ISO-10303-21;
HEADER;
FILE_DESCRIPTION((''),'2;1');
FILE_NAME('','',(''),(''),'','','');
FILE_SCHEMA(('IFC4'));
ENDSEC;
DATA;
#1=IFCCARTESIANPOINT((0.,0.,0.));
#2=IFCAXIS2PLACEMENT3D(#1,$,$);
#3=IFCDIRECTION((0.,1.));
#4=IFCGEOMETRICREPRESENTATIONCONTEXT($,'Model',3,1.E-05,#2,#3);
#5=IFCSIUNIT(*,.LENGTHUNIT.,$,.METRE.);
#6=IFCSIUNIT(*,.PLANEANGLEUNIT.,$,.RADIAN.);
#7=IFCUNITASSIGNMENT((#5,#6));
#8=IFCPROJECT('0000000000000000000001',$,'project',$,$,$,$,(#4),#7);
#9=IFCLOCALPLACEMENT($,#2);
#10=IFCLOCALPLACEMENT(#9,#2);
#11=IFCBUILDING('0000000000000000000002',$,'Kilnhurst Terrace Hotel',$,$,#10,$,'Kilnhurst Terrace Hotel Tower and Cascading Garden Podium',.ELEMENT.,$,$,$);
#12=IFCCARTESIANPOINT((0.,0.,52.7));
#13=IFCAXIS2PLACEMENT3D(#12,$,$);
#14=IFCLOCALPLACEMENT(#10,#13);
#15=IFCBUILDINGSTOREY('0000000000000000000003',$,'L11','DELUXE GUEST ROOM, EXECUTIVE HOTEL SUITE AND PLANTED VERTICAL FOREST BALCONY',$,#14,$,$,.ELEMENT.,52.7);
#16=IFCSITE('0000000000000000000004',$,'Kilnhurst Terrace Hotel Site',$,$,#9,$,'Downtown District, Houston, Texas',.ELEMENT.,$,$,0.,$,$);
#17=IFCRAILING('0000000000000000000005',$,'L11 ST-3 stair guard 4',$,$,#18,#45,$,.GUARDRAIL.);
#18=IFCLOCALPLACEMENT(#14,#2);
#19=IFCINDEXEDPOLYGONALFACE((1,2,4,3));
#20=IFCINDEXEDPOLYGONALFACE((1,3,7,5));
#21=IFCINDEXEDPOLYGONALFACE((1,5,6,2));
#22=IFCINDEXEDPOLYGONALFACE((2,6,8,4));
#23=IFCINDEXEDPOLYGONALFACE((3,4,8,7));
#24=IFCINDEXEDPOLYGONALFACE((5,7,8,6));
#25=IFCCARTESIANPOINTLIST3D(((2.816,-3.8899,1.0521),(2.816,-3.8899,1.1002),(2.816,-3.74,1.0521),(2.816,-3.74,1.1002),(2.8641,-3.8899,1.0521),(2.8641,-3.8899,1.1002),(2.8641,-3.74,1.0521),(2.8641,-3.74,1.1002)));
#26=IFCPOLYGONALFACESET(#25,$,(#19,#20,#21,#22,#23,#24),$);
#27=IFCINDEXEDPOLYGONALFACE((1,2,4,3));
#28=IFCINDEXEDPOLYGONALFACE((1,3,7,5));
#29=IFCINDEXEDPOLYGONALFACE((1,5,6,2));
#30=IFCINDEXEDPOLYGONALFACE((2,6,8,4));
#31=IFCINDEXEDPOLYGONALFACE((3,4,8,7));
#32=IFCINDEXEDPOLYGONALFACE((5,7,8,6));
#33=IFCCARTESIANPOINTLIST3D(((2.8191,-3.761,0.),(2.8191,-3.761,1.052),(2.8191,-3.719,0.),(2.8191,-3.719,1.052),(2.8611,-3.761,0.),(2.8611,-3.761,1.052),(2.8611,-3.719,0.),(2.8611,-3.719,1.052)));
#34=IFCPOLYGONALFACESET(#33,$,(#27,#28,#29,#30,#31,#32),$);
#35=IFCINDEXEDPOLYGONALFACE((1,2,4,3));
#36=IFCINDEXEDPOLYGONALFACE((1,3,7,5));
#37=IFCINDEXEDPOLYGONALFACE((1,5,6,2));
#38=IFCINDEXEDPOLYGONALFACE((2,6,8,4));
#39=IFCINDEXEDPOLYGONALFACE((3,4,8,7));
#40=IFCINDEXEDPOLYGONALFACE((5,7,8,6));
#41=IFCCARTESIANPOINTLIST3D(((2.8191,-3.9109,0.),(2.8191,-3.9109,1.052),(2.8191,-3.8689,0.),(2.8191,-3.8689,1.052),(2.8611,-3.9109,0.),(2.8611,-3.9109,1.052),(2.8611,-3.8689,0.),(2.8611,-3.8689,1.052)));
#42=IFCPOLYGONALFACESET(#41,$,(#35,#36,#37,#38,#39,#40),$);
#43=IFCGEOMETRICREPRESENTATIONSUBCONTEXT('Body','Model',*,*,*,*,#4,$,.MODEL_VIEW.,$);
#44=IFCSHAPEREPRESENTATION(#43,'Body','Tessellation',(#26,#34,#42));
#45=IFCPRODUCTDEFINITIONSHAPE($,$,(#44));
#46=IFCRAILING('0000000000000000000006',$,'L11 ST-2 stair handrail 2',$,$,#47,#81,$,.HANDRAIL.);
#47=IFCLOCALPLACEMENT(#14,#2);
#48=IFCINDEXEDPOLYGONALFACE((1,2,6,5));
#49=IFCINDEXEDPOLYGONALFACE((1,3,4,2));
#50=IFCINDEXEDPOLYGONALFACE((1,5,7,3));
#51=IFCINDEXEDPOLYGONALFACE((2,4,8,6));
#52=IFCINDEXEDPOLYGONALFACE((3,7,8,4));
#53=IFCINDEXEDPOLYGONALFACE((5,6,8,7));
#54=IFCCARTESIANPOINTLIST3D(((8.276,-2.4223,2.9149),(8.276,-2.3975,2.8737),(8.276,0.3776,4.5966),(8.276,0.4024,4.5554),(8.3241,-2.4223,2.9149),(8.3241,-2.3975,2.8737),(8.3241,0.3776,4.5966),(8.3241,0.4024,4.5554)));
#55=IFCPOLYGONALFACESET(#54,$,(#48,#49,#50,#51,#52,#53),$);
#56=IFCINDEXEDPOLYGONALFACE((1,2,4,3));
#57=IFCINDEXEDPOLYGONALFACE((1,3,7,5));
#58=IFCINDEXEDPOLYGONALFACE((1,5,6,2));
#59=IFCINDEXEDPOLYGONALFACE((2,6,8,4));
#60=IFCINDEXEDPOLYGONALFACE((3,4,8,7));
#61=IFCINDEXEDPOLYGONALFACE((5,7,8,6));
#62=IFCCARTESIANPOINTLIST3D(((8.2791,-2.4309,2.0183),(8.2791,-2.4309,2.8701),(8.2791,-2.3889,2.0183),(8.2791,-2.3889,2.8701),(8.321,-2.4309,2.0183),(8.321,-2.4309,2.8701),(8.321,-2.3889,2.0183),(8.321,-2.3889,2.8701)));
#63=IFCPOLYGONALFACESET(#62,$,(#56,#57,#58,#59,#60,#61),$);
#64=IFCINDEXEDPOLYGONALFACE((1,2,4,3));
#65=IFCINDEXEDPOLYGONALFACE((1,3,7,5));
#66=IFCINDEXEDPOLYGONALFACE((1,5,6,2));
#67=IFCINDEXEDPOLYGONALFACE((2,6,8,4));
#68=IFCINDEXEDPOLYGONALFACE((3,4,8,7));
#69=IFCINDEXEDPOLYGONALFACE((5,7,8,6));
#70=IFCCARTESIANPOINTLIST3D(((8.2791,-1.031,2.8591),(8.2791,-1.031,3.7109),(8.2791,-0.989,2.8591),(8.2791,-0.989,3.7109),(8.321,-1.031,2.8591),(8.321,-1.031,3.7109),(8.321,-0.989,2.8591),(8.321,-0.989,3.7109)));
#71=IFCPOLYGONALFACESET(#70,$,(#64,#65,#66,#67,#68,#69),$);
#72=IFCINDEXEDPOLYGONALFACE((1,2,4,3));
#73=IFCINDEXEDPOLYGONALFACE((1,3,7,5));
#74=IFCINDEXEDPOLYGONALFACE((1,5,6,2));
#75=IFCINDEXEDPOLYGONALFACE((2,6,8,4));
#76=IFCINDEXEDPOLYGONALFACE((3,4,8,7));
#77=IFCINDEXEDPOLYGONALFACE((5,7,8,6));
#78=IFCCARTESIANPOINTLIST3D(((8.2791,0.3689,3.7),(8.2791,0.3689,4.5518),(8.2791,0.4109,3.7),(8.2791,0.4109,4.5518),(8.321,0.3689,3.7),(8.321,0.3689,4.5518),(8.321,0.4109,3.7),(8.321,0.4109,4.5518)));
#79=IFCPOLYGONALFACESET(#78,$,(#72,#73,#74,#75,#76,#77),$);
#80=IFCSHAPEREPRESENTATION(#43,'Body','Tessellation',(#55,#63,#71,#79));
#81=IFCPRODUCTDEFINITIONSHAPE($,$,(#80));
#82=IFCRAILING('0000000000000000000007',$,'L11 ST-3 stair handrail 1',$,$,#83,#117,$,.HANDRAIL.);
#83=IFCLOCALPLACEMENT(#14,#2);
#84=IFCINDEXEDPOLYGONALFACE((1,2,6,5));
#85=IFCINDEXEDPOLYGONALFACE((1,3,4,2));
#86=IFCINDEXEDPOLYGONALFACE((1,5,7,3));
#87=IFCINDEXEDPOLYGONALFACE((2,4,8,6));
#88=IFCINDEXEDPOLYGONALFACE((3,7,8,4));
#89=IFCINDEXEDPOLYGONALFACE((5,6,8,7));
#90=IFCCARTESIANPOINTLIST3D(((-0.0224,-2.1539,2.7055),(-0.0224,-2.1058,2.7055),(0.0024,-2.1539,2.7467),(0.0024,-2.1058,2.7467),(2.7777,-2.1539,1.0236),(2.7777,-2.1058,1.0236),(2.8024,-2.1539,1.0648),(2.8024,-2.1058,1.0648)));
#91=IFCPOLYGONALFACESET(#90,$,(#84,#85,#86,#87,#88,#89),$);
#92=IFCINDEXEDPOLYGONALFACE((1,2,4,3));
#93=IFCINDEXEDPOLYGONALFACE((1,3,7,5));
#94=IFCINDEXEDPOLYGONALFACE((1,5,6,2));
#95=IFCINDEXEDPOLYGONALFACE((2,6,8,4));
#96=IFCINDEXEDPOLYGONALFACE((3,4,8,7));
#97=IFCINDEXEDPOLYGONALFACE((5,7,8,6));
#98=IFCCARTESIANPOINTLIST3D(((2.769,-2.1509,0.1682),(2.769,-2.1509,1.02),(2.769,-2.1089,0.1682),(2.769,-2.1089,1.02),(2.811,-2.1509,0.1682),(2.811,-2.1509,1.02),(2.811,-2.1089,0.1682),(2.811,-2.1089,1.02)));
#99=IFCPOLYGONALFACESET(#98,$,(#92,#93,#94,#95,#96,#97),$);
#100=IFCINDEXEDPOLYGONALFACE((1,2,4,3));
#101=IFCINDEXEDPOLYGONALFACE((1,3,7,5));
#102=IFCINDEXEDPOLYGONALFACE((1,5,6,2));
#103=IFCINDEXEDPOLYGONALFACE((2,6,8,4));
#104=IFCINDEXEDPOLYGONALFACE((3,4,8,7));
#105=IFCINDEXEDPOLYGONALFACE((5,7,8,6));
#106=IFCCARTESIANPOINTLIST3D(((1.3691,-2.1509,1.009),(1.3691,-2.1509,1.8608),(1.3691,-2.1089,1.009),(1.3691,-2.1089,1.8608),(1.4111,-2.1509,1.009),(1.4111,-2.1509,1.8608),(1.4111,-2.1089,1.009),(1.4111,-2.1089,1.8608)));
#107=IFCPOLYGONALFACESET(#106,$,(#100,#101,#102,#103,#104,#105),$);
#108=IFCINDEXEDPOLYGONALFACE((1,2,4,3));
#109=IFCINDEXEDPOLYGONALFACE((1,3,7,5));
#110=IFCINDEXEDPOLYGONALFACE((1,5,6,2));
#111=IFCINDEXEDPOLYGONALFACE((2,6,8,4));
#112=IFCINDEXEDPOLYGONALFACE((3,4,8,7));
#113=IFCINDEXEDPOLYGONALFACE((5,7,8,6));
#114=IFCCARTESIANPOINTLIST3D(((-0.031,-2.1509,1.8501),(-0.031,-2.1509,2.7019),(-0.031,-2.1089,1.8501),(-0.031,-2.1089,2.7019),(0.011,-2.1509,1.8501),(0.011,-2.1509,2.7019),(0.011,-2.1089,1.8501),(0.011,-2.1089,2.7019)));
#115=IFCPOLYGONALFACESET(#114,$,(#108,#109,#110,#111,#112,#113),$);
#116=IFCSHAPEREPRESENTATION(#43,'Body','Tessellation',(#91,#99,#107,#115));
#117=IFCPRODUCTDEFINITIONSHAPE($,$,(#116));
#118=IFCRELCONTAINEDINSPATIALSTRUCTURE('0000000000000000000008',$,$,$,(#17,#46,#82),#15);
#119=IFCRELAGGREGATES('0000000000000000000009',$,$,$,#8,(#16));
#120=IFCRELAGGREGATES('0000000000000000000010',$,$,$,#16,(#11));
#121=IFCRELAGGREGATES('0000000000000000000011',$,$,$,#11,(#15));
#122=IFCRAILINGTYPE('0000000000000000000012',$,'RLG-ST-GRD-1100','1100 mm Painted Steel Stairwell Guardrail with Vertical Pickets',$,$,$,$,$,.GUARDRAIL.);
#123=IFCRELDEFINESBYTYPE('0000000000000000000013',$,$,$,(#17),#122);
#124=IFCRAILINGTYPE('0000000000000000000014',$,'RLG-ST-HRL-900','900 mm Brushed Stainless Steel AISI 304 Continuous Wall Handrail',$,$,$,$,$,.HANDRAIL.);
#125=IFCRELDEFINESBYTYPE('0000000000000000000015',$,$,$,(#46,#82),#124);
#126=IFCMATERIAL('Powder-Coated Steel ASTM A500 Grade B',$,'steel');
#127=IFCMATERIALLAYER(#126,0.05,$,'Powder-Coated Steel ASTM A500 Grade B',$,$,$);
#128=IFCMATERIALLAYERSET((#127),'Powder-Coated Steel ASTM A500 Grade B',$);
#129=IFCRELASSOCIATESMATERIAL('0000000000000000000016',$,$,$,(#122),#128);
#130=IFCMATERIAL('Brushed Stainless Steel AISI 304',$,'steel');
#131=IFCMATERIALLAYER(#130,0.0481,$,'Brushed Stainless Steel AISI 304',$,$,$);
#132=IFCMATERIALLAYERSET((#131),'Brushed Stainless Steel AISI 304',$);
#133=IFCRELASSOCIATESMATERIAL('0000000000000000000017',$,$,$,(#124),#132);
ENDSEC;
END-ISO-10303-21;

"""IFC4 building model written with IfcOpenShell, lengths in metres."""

from ifc_helpers import new_model, si_unit, direction, frame, origin, origin_2d, place, context, subcontext, project, spatial, rectangle, extrude, material, layer, layer_set, type_object, element, save


model = new_model("IFC4")

# Units and contexts
model_context = context("Model", 3, precision=1e-05, world=origin(), true_north=direction((0.0, 1.0)))
body_context = subcontext(model_context, "Body", "Model", "MODEL_VIEW")
ifc_project = project(units=[si_unit("LENGTHUNIT", "METRE"), si_unit("PLANEANGLEUNIT", "RADIAN")], contexts=[model_context])

# Site, building, storey
site_placement = place(None, origin())
site = spatial("IfcSite", under=ifc_project, at=site_placement, Name="Kilnhurst Terrace Hotel Site", LongName="Downtown District, Houston, Texas", CompositionType="ELEMENT", RefElevation=0.0)
building_placement = place(site_placement, origin())
building = spatial("IfcBuilding", under=site, at=building_placement, Name="Kilnhurst Terrace Hotel", LongName="Kilnhurst Terrace Hotel Tower and Cascading Garden Podium", CompositionType="ELEMENT")
storey_placement = place(building_placement, frame((0.0, 0.0, 52.7)))
storey = spatial("IfcBuildingStorey", under=building, at=storey_placement, Name="L11", Description="DELUXE GUEST ROOM, EXECUTIVE HOTEL SUITE AND PLANTED VERTICAL FOREST BALCONY", CompositionType="ELEMENT", Elevation=52.7)

# Railings
ifc_material_1 = material(Name="Powder-Coated Steel ASTM A500 Grade B", Category="steel")
ifc_layer_1 = layer(ifc_material_1, 0.05, Name="Powder-Coated Steel ASTM A500 Grade B")
ifc_layer_set_1 = layer_set([ifc_layer_1], Name="Powder-Coated Steel ASTM A500 Grade B")
railing_type_1 = type_object("IfcRailingType", Name="RLG-ST-GRD-1100", Description="1100 mm Painted Steel Stairwell Guardrail with Vertical Pickets", PredefinedType="GUARDRAIL", material=ifc_layer_set_1)
railing_1_placement = place(storey_placement, frame((2.8401, -3.74, 0.0)))
element("IfcRailing", 1, at=railing_1_placement, inside=storey, type_object=railing_type_1, Name="L11 ST-3 stair guard 4", PredefinedType="GUARDRAIL", context=body_context, shape_type="SweptSolid", body=[
    extrude(rectangle(XDim=0.0481, YDim=0.0481, at=origin_2d()), frame((0.0, 0.0, 1.0762), z_axis=(0.0, -1.0, 0.0), x_axis=(1.0, 0.0, 0.0)), (0.0, 0.0, 1.0), 0.1499),
    extrude(rectangle(XDim=0.042, YDim=0.042, at=origin_2d()), origin(), (0.0, 0.0, 1.0), 1.052),
    extrude(rectangle(XDim=0.042, YDim=0.042, at=origin_2d()), frame((0.0, -0.1499, 0.0)), (0.0, 0.0, 1.0), 1.052),
])
ifc_material_2 = material(Name="Brushed Stainless Steel AISI 304", Category="steel")
ifc_layer_2 = layer(ifc_material_2, 0.0481, Name="Brushed Stainless Steel AISI 304")
ifc_layer_set_2 = layer_set([ifc_layer_2], Name="Brushed Stainless Steel AISI 304")
railing_type_2 = type_object("IfcRailingType", Name="RLG-ST-HRL-900", Description="900 mm Brushed Stainless Steel AISI 304 Continuous Wall Handrail", PredefinedType="HANDRAIL", material=ifc_layer_set_2)
railing_2_placement = place(storey_placement, frame((8.3, -2.4099, 2.0183)))
element("IfcRailing", 2, at=railing_2_placement, inside=storey, type_object=railing_type_2, Name="L11 ST-2 stair handrail 2", PredefinedType="HANDRAIL", context=body_context, shape_type="SweptSolid", body=[
    extrude(rectangle(XDim=0.0481, YDim=0.0481, at=origin_2d()), frame((0.0, 0.0, 0.876), z_axis=(0.0, 0.857255, 0.514891), x_axis=(-1.0, 0.0, 0.0)), (0.0, 0.0, 1.0), 3.2661),
    extrude(rectangle(XDim=0.042, YDim=0.042, at=origin_2d()), origin(), (0.0, 0.0, 1.0), 0.8518),
    extrude(rectangle(XDim=0.042, YDim=0.042, at=origin_2d()), frame((0.0, 1.3999, 0.8408)), (0.0, 0.0, 1.0), 0.8518),
    extrude(rectangle(XDim=0.042, YDim=0.042, at=origin_2d()), frame((0.0, 2.7998, 1.6816)), (0.0, 0.0, 1.0), 0.8518),
])
railing_3_placement = place(storey_placement, frame((2.79, -2.1299, 0.1682)))
element("IfcRailing", 3, at=railing_3_placement, inside=storey, type_object=railing_type_2, Name="L11 ST-3 stair handrail 1", PredefinedType="HANDRAIL", context=body_context, shape_type="SweptSolid", body=[
    extrude(rectangle(XDim=0.0481, YDim=0.0481, at=origin_2d()), frame((0.0, 0.0, 0.876), z_axis=(-0.857242, 0.0, 0.514913), x_axis=(0.0, -1.0, 0.0)), (0.0, 0.0, 1.0), 3.2664),
    extrude(rectangle(XDim=0.042, YDim=0.042, at=origin_2d()), origin(), (0.0, 0.0, 1.0), 0.8518),
    extrude(rectangle(XDim=0.042, YDim=0.042, at=origin_2d()), frame((-1.3999, 0.0, 0.8408)), (0.0, 0.0, 1.0), 0.8518),
    extrude(rectangle(XDim=0.042, YDim=0.042, at=origin_2d()), frame((-2.8, 0.0, 1.6819)), (0.0, 0.0, 1.0), 0.8518),
])

save(model, "model.ifc")
